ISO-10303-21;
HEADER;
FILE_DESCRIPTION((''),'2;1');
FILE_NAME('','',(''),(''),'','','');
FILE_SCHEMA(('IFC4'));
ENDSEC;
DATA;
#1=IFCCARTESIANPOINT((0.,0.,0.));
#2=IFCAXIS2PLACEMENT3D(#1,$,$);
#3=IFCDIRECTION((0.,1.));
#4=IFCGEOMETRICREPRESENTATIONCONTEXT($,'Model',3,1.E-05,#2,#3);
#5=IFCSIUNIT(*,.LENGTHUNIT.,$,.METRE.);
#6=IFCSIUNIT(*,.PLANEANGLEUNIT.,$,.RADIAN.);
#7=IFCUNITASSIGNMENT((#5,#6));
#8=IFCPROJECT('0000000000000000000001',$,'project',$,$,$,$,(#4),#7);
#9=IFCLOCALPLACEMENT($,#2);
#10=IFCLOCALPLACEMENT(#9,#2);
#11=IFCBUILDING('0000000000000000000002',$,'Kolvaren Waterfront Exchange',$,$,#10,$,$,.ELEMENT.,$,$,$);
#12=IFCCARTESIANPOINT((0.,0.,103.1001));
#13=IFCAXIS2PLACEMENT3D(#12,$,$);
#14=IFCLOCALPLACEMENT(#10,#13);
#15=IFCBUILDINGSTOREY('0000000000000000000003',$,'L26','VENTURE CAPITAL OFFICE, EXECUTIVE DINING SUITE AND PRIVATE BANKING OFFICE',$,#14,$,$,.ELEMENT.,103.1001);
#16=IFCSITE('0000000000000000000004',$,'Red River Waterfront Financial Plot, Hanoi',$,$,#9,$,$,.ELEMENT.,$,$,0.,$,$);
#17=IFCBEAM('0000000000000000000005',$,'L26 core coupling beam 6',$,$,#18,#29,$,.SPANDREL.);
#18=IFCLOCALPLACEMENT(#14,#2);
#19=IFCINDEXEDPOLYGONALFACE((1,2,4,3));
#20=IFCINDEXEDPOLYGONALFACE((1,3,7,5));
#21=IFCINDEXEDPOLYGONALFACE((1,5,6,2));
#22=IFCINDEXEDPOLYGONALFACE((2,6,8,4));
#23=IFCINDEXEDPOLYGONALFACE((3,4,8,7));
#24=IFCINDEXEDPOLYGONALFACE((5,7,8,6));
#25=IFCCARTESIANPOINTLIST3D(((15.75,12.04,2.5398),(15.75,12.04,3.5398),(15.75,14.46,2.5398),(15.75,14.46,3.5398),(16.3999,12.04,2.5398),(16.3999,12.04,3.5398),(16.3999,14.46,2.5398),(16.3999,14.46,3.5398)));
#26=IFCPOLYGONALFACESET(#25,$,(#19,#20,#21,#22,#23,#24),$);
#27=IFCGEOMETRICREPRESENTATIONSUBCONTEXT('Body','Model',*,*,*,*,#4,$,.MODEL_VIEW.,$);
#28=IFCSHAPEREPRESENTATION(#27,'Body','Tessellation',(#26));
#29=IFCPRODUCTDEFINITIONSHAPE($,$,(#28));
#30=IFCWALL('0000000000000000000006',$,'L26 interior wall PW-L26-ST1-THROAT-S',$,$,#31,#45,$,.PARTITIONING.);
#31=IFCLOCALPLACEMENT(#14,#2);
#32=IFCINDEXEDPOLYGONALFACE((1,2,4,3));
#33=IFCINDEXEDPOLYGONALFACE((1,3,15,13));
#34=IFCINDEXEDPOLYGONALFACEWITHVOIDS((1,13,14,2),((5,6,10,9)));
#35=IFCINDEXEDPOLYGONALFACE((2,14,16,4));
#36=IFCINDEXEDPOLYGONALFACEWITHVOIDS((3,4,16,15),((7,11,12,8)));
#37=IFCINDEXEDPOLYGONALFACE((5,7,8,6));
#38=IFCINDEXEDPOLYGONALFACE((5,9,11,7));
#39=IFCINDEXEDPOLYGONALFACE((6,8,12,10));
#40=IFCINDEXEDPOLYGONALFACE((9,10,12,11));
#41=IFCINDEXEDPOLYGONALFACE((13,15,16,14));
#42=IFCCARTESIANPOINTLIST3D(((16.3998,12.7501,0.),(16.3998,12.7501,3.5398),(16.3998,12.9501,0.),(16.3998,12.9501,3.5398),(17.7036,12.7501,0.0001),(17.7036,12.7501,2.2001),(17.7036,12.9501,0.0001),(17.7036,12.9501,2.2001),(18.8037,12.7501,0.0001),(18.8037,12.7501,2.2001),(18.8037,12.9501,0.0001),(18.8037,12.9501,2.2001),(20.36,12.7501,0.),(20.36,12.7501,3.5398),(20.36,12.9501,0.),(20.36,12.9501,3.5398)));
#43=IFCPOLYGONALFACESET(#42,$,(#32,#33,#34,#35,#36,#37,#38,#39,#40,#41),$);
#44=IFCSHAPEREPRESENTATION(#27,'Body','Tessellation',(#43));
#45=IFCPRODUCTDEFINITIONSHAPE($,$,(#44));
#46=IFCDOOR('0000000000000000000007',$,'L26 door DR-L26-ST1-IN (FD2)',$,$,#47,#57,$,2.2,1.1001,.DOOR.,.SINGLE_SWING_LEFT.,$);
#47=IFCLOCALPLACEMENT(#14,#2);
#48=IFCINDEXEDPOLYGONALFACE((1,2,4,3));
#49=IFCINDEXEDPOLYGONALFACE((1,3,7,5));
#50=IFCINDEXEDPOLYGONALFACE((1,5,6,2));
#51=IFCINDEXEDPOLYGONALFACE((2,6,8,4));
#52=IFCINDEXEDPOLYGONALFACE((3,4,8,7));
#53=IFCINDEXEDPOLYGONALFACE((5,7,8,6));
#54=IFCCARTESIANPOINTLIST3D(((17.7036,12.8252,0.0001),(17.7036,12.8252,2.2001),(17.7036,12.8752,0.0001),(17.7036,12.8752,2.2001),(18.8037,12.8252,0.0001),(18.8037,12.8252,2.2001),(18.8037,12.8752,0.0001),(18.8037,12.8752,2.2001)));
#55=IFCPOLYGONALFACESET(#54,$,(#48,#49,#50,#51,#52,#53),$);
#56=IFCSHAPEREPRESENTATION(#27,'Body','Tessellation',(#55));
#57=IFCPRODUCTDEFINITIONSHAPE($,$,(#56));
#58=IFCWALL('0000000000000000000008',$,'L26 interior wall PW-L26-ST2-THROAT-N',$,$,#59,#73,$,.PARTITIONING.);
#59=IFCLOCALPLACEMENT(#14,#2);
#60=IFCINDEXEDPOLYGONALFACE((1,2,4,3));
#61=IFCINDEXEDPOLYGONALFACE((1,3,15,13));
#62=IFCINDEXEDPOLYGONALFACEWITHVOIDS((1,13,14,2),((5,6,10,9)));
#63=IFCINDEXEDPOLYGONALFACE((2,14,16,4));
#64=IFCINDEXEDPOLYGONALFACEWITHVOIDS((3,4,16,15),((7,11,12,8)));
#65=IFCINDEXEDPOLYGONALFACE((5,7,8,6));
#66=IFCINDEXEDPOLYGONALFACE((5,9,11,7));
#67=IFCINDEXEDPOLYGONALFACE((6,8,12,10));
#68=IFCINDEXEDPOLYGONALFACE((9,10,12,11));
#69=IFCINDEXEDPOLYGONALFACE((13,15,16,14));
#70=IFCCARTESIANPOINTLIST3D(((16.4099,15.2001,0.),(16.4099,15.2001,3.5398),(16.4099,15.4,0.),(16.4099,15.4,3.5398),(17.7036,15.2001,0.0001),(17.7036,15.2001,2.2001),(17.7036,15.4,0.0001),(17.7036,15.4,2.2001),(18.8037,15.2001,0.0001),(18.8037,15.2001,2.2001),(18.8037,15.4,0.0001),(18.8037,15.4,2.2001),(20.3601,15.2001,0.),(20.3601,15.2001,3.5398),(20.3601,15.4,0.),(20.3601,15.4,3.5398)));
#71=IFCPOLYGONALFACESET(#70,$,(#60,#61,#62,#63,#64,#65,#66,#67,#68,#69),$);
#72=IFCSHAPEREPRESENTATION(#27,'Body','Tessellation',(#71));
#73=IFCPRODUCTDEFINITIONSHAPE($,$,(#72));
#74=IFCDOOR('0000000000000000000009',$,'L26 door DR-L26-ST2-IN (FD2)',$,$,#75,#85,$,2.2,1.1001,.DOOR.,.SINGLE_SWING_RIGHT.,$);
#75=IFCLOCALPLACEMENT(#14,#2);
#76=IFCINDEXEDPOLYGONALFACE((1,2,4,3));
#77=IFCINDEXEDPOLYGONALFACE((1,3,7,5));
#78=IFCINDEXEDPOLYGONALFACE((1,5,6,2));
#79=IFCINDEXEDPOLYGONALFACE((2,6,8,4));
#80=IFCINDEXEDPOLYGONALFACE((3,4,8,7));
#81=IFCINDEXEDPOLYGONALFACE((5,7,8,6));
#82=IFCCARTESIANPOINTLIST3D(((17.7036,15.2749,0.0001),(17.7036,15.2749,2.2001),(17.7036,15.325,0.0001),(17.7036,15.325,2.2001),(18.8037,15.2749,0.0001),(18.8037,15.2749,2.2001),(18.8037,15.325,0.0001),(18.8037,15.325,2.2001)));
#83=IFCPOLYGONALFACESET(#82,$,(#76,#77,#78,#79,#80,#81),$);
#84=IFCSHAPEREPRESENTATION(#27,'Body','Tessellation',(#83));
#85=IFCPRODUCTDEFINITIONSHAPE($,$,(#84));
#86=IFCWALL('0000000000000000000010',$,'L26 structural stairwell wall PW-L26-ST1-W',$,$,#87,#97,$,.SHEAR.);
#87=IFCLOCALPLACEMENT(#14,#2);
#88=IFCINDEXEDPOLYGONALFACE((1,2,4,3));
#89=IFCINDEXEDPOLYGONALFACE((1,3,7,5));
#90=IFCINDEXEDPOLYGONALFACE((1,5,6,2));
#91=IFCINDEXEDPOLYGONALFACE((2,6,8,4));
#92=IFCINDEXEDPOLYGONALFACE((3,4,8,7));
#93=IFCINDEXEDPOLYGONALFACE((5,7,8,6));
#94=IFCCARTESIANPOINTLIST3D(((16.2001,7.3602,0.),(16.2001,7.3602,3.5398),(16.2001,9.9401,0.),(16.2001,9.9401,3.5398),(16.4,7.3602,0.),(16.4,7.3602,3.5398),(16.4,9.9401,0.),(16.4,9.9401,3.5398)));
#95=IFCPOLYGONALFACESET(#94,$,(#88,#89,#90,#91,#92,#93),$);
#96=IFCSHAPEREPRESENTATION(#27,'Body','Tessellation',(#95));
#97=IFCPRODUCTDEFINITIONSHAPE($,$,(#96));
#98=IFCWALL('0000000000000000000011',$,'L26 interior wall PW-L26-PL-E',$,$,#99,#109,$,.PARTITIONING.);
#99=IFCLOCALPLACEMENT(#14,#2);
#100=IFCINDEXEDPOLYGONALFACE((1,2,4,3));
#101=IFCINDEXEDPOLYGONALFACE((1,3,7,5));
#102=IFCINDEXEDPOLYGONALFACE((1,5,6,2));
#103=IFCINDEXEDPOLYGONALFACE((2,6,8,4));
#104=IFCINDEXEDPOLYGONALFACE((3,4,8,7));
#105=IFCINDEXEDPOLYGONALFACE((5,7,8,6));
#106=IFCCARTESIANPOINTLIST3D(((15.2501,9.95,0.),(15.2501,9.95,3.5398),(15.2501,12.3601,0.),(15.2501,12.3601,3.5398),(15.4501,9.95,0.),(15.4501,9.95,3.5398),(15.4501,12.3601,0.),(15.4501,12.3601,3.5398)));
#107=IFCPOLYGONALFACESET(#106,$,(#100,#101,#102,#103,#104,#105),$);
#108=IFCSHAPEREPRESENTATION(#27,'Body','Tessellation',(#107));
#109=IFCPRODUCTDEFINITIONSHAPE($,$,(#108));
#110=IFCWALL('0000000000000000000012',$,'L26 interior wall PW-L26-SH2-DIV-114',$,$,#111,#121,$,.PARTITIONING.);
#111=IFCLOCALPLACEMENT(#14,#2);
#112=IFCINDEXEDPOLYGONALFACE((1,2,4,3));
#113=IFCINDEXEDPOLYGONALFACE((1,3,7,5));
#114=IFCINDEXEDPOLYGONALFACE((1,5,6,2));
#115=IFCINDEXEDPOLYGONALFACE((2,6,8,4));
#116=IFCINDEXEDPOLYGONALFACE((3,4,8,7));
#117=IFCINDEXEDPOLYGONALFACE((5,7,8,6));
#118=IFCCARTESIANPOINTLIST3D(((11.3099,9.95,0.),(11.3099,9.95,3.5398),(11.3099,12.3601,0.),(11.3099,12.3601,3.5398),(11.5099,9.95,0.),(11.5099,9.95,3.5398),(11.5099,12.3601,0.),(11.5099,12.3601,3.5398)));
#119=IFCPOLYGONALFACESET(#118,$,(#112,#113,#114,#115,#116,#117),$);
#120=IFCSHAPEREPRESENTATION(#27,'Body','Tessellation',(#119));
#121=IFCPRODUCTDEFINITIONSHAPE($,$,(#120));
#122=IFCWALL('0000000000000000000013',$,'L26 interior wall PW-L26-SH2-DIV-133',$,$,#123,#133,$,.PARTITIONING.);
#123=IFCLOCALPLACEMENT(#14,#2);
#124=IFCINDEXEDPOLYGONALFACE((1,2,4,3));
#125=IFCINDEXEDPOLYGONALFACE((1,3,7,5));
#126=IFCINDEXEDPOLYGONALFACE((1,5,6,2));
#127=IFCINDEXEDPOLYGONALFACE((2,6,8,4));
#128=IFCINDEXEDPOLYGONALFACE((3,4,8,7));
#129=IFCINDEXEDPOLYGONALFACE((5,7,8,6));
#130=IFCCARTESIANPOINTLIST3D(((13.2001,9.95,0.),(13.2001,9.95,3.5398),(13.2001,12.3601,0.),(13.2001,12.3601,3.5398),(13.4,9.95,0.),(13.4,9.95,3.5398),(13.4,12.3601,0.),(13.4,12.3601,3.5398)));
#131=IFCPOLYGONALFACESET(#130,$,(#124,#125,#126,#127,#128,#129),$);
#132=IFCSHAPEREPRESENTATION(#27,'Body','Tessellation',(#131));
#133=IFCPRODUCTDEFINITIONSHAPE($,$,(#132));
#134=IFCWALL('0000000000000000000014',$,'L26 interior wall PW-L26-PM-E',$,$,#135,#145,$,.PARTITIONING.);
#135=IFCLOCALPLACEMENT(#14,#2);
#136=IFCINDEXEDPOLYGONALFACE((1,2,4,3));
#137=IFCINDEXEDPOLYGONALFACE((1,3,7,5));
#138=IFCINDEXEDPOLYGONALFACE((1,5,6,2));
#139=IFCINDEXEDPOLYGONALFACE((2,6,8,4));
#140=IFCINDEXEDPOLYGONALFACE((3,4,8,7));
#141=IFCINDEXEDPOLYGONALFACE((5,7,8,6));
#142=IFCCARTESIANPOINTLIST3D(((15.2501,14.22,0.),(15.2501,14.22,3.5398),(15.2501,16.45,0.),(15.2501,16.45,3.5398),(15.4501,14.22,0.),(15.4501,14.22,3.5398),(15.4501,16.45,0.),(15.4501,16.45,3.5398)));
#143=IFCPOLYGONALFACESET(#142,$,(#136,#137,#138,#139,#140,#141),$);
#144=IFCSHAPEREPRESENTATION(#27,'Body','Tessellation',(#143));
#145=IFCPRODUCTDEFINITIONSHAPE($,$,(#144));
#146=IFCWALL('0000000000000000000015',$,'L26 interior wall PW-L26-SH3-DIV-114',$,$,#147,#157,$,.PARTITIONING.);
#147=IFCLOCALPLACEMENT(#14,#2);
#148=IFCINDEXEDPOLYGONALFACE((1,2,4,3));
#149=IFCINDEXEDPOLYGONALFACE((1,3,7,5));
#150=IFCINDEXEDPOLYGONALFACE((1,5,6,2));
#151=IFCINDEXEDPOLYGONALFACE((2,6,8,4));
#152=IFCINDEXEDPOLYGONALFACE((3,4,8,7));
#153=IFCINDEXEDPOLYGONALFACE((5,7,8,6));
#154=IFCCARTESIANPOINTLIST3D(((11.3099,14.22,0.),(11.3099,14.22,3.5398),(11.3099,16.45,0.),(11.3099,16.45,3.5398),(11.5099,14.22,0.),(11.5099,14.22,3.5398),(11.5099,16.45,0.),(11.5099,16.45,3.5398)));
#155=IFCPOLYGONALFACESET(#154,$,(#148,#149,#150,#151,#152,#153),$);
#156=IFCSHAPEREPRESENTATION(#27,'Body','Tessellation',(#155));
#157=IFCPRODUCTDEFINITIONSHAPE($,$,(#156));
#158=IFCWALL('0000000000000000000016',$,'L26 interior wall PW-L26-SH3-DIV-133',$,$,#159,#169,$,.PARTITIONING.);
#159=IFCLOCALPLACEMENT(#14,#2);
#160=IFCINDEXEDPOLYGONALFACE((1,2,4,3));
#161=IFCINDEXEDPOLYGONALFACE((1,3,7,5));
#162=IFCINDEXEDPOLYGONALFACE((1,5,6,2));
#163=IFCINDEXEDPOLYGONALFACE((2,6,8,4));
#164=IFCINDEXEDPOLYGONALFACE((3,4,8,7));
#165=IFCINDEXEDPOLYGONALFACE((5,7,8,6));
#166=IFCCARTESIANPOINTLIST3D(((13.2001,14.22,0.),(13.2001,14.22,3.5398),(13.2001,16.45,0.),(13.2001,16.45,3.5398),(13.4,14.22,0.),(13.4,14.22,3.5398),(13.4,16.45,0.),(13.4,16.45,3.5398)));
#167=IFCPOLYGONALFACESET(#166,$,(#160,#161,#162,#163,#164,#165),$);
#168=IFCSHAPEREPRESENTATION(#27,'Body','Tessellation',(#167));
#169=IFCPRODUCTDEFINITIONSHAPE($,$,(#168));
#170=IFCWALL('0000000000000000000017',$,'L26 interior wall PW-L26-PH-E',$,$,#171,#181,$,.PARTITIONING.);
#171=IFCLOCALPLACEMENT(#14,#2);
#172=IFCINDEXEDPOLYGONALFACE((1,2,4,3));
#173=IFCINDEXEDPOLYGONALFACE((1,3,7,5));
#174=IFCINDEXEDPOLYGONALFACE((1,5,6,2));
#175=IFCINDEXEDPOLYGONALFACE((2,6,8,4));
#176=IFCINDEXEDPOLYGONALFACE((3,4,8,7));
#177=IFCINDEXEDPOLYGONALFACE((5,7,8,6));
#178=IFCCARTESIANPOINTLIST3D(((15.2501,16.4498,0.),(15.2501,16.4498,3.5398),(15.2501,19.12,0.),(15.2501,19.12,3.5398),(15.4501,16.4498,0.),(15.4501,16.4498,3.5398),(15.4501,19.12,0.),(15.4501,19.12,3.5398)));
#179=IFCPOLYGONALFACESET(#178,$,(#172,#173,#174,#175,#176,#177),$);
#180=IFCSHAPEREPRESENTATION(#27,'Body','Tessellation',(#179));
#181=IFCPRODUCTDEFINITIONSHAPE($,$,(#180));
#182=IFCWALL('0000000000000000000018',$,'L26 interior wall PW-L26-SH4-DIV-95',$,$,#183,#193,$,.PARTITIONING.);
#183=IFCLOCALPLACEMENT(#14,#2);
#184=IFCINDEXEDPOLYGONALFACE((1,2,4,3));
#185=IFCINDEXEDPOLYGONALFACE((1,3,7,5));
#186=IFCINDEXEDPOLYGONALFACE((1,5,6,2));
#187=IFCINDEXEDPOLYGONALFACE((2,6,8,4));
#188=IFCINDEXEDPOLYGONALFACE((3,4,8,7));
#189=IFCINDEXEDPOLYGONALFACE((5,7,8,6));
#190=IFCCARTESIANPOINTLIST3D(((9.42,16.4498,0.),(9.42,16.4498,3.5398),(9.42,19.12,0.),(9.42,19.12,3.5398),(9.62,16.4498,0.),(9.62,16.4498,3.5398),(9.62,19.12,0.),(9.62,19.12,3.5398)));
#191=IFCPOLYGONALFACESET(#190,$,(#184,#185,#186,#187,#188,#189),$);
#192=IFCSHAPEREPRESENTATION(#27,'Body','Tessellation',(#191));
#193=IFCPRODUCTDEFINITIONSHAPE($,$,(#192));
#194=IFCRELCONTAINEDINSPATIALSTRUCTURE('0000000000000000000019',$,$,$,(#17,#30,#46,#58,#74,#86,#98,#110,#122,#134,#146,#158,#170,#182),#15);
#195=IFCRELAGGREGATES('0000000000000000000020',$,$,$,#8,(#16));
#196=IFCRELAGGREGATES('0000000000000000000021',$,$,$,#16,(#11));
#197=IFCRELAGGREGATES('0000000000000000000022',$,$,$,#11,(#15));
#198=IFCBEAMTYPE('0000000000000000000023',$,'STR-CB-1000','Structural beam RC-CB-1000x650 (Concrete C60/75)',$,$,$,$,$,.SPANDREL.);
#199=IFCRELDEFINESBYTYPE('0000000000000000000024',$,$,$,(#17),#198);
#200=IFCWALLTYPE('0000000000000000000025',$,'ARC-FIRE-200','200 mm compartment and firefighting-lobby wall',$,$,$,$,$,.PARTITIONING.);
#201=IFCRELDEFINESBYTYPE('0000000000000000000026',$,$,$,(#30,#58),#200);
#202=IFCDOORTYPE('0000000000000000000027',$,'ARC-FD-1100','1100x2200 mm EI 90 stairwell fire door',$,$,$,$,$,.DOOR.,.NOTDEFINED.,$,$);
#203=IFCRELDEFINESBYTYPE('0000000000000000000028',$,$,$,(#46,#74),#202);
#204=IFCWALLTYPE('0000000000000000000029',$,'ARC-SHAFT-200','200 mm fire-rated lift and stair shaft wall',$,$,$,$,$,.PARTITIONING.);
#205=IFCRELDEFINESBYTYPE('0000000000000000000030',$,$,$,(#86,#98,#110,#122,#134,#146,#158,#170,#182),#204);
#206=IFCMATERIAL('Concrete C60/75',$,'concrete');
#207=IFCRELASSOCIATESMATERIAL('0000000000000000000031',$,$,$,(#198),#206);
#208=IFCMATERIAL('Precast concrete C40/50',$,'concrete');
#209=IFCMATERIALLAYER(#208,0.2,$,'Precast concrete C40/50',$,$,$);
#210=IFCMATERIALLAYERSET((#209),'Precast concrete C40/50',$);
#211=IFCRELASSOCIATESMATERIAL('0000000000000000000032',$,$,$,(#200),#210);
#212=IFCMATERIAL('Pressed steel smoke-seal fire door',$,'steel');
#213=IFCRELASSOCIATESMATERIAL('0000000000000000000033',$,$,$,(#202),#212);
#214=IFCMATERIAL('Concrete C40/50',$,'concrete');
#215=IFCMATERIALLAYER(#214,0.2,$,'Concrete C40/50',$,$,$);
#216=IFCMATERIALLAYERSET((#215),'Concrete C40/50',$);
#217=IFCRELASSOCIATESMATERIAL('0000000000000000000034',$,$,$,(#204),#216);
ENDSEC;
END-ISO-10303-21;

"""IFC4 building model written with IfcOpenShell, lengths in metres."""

from ifc_helpers import new_model, si_unit, direction, frame, frame_2d, origin, origin_2d, place, context, subcontext, project, spatial, rectangle, extrude, material, layer, layer_set, material_profile, profile_set, type_object, element, fill, save


model = new_model("IFC4")

# Units and contexts
model_context = context("Model", 3, precision=1e-05, world=origin(), true_north=direction((0.0, 1.0)))
body_context = subcontext(model_context, "Body", "Model", "MODEL_VIEW")
ifc_project = project(units=[si_unit("LENGTHUNIT", "METRE"), si_unit("PLANEANGLEUNIT", "RADIAN")], contexts=[model_context])

# Site, building, storey
site_placement = place(None, origin())
site = spatial("IfcSite", under=ifc_project, at=site_placement, Name="Red River Waterfront Financial Plot, Hanoi", CompositionType="ELEMENT", RefElevation=0.0)
building_placement = place(site_placement, origin())
building = spatial("IfcBuilding", under=site, at=building_placement, Name="Kolvaren Waterfront Exchange", CompositionType="ELEMENT")
storey_placement = place(building_placement, frame((0.0, 0.0, 103.1001)))
storey = spatial("IfcBuildingStorey", under=building, at=storey_placement, Name="L26", Description="VENTURE CAPITAL OFFICE, EXECUTIVE DINING SUITE AND PRIVATE BANKING OFFICE", CompositionType="ELEMENT", Elevation=103.1001)

# Beam
ifc_material_1 = material(Name="Concrete C60/75", Category="concrete")
ifc_material_profile = material_profile(ifc_material_1, rectangle(XDim=0.6499, YDim=1.0, at=origin_2d()), Name="RC-CB-1000x650")
ifc_profile_set = profile_set([ifc_material_profile], Name="Concrete C60/75")
beam_type = type_object("IfcBeamType", Name="STR-CB-1000", Description="Structural beam RC-CB-1000x650 (Concrete C60/75)", PredefinedType="SPANDREL", material=ifc_profile_set)
beam_placement = place(storey_placement, frame((16.075, 12.04, 3.0398), z_axis=(0.0, 1.0, 0.0), x_axis=(-1.0, 0.0, 0.0)))
element("IfcBeam", 1, at=beam_placement, inside=storey, type_object=beam_type, Name="L26 core coupling beam 6", PredefinedType="SPANDREL", context=body_context, shape_type="SweptSolid", body=[
    extrude(rectangle(XDim=0.6499, YDim=1.0, at=origin_2d()), origin(), (0.0, 0.0, 1.0), 2.4199),
])

# Walls, openings, doors
ifc_material_2 = material(Name="Precast concrete C40/50", Category="concrete")
ifc_layer_1 = layer(ifc_material_2, 0.2, Name="Precast concrete C40/50")
ifc_layer_set_1 = layer_set([ifc_layer_1], Name="Precast concrete C40/50")
wall_type_1 = type_object("IfcWallType", Name="ARC-FIRE-200", Description="200 mm compartment and firefighting-lobby wall", PredefinedType="PARTITIONING", material=ifc_layer_set_1)
wall_1_placement = place(storey_placement, frame((16.3999, 12.8501, 0.0), z_axis=(0.0, 0.0, 1.0), x_axis=(1.0, 0.0, 0.0)))
wall_1 = element("IfcWall", 2, at=wall_1_placement, inside=storey, type_object=wall_type_1, Name="L26 interior wall PW-L26-ST1-THROAT-S", PredefinedType="PARTITIONING", context=body_context, shape_type="SweptSolid", body=[
    extrude(rectangle(XDim=3.9602, YDim=0.2, at=frame_2d((1.98, 0.0))), origin(), (0.0, 0.0, 1.0), 3.5398),
])
opening_1_placement = place(wall_1_placement, frame((1.3037, 0.0, 0.0)))
opening_1 = element("IfcOpeningElement", 3, at=opening_1_placement, cuts=wall_1, PredefinedType="OPENING", context=body_context, shape_type="SweptSolid", body=[
    extrude(rectangle(XDim=1.1001, YDim=2.2, at=frame_2d((0.55, 1.1001))), frame((0.0, 0.1099, 0.0), z_axis=(0.0, -1.0, 0.0), x_axis=(1.0, 0.0, 0.0)), (0.0, 0.0, 1.0), 0.22),
])
ifc_material_3 = material(Name="Pressed steel smoke-seal fire door", Category="steel")
door_type = type_object("IfcDoorType", Name="ARC-FD-1100", Description="1100x2200 mm EI 90 stairwell fire door", OperationType="NOTDEFINED", PredefinedType="DOOR", material=ifc_material_3)
door_1_placement = place(opening_1_placement, frame((1.1001, 0.0, 0.0), z_axis=(0.0, 0.0, 1.0), x_axis=(-1.0, 0.0, 0.0)))
door_1 = element("IfcDoor", 4, at=door_1_placement, inside=storey, type_object=door_type, Name="L26 door DR-L26-ST1-IN (FD2)", OperationType="SINGLE_SWING_LEFT", OverallHeight=2.2, OverallWidth=1.1001, PredefinedType="DOOR", context=body_context, shape_type="SweptSolid", body=[
    extrude(rectangle(XDim=1.1001, YDim=2.2, at=frame_2d((0.55, 1.1001))), frame((0.0, 0.0249, 0.0), z_axis=(0.0, -1.0, 0.0), x_axis=(1.0, 0.0, 0.0)), (0.0, 0.0, 1.0), 0.05),
])
fill(opening_1, door_1)
wall_2_placement = place(storey_placement, frame((16.4099, 15.3, 0.0), z_axis=(0.0, 0.0, 1.0), x_axis=(1.0, 0.0, 0.0)))
wall_2 = element("IfcWall", 5, at=wall_2_placement, inside=storey, type_object=wall_type_1, Name="L26 interior wall PW-L26-ST2-THROAT-N", PredefinedType="PARTITIONING", context=body_context, shape_type="SweptSolid", body=[
    extrude(rectangle(XDim=3.9502, YDim=0.2, at=frame_2d((1.9751, 0.0))), origin(), (0.0, 0.0, 1.0), 3.5398),
])
opening_2_placement = place(wall_2_placement, frame((1.2937, 0.0, 0.0)))
opening_2 = element("IfcOpeningElement", 6, at=opening_2_placement, cuts=wall_2, PredefinedType="OPENING", context=body_context, shape_type="SweptSolid", body=[
    extrude(rectangle(XDim=1.1001, YDim=2.2, at=frame_2d((0.55, 1.1001))), frame((0.0, 0.1099, 0.0), z_axis=(0.0, -1.0, 0.0), x_axis=(1.0, 0.0, 0.0)), (0.0, 0.0, 1.0), 0.22),
])
door_2_placement = place(opening_2_placement, origin())
door_2 = element("IfcDoor", 7, at=door_2_placement, inside=storey, type_object=door_type, Name="L26 door DR-L26-ST2-IN (FD2)", OperationType="SINGLE_SWING_RIGHT", OverallHeight=2.2, OverallWidth=1.1001, PredefinedType="DOOR", context=body_context, shape_type="SweptSolid", body=[
    extrude(rectangle(XDim=1.1001, YDim=2.2, at=frame_2d((0.55, 1.1001))), frame((0.0, 0.0249, 0.0), z_axis=(0.0, -1.0, 0.0), x_axis=(1.0, 0.0, 0.0)), (0.0, 0.0, 1.0), 0.05),
])
fill(opening_2, door_2)

# Walls
ifc_material_4 = material(Name="Concrete C40/50", Category="concrete")
ifc_layer_2 = layer(ifc_material_4, 0.2, Name="Concrete C40/50")
ifc_layer_set_2 = layer_set([ifc_layer_2], Name="Concrete C40/50")
wall_type_2 = type_object("IfcWallType", Name="ARC-SHAFT-200", Description="200 mm fire-rated lift and stair shaft wall", PredefinedType="PARTITIONING", material=ifc_layer_set_2)
wall_3_placement = place(storey_placement, frame((16.3, 7.3601, 0.0), z_axis=(0.0, 0.0, 1.0), x_axis=(0.0, 1.0, 0.0)))
element("IfcWall", 8, at=wall_3_placement, inside=storey, type_object=wall_type_2, Name="L26 structural stairwell wall PW-L26-ST1-W", PredefinedType="SHEAR", context=body_context, shape_type="SweptSolid", body=[
    extrude(rectangle(XDim=2.5798, YDim=0.2, at=frame_2d((1.29, 0.0))), origin(), (0.0, 0.0, 1.0), 3.5398),
])
for number, where, z_axis, x_axis, name in (
    (9, (15.3501, 9.95, 0.0), (0.0, 0.0, 1.0), (0.0, 1.0, 0.0), "L26 interior wall PW-L26-PL-E"),
    (10, (11.4099, 9.95, 0.0), (0.0, 0.0, 1.0), (0.0, 1.0, 0.0), "L26 interior wall PW-L26-SH2-DIV-114"),
    (11, (13.3, 9.95, 0.0), (0.0, 0.0, 1.0), (0.0, 1.0, 0.0), "L26 interior wall PW-L26-SH2-DIV-133"),
):
    element("IfcWall", number, at=place(storey_placement, frame(where, z_axis=z_axis, x_axis=x_axis)), inside=storey, type_object=wall_type_2, Name=name, PredefinedType="PARTITIONING", context=body_context, shape_type="SweptSolid", body=[
        extrude(rectangle(XDim=2.4102, YDim=0.2, at=frame_2d((1.2051, 0.0))), origin(), (0.0, 0.0, 1.0), 3.5398),
    ])
for number, where, z_axis, x_axis, name in (
    (12, (15.3501, 14.22, 0.0), (0.0, 0.0, 1.0), (0.0, 1.0, 0.0), "L26 interior wall PW-L26-PM-E"),
    (13, (11.4099, 14.22, 0.0), (0.0, 0.0, 1.0), (0.0, 1.0, 0.0), "L26 interior wall PW-L26-SH3-DIV-114"),
    (14, (13.3, 14.22, 0.0), (0.0, 0.0, 1.0), (0.0, 1.0, 0.0), "L26 interior wall PW-L26-SH3-DIV-133"),
):
    element("IfcWall", number, at=place(storey_placement, frame(where, z_axis=z_axis, x_axis=x_axis)), inside=storey, type_object=wall_type_2, Name=name, PredefinedType="PARTITIONING", context=body_context, shape_type="SweptSolid", body=[
        extrude(rectangle(XDim=2.23, YDim=0.2, at=frame_2d((1.115, 0.0))), origin(), (0.0, 0.0, 1.0), 3.5398),
    ])
for number, where, z_axis, x_axis, name in (
    (15, (15.3501, 16.45, 0.0), (0.0, 0.0, 1.0), (0.0, 1.0, 0.0), "L26 interior wall PW-L26-PH-E"),
    (16, (9.52, 16.45, 0.0), (0.0, 0.0, 1.0), (0.0, 1.0, 0.0), "L26 interior wall PW-L26-SH4-DIV-95"),
):
    element("IfcWall", number, at=place(storey_placement, frame(where, z_axis=z_axis, x_axis=x_axis)), inside=storey, type_object=wall_type_2, Name=name, PredefinedType="PARTITIONING", context=body_context, shape_type="SweptSolid", body=[
        extrude(rectangle(XDim=2.6702, YDim=0.2, at=frame_2d((1.335, 0.0))), origin(), (0.0, 0.0, 1.0), 3.5398),
    ])

save(model, "model.ifc")
